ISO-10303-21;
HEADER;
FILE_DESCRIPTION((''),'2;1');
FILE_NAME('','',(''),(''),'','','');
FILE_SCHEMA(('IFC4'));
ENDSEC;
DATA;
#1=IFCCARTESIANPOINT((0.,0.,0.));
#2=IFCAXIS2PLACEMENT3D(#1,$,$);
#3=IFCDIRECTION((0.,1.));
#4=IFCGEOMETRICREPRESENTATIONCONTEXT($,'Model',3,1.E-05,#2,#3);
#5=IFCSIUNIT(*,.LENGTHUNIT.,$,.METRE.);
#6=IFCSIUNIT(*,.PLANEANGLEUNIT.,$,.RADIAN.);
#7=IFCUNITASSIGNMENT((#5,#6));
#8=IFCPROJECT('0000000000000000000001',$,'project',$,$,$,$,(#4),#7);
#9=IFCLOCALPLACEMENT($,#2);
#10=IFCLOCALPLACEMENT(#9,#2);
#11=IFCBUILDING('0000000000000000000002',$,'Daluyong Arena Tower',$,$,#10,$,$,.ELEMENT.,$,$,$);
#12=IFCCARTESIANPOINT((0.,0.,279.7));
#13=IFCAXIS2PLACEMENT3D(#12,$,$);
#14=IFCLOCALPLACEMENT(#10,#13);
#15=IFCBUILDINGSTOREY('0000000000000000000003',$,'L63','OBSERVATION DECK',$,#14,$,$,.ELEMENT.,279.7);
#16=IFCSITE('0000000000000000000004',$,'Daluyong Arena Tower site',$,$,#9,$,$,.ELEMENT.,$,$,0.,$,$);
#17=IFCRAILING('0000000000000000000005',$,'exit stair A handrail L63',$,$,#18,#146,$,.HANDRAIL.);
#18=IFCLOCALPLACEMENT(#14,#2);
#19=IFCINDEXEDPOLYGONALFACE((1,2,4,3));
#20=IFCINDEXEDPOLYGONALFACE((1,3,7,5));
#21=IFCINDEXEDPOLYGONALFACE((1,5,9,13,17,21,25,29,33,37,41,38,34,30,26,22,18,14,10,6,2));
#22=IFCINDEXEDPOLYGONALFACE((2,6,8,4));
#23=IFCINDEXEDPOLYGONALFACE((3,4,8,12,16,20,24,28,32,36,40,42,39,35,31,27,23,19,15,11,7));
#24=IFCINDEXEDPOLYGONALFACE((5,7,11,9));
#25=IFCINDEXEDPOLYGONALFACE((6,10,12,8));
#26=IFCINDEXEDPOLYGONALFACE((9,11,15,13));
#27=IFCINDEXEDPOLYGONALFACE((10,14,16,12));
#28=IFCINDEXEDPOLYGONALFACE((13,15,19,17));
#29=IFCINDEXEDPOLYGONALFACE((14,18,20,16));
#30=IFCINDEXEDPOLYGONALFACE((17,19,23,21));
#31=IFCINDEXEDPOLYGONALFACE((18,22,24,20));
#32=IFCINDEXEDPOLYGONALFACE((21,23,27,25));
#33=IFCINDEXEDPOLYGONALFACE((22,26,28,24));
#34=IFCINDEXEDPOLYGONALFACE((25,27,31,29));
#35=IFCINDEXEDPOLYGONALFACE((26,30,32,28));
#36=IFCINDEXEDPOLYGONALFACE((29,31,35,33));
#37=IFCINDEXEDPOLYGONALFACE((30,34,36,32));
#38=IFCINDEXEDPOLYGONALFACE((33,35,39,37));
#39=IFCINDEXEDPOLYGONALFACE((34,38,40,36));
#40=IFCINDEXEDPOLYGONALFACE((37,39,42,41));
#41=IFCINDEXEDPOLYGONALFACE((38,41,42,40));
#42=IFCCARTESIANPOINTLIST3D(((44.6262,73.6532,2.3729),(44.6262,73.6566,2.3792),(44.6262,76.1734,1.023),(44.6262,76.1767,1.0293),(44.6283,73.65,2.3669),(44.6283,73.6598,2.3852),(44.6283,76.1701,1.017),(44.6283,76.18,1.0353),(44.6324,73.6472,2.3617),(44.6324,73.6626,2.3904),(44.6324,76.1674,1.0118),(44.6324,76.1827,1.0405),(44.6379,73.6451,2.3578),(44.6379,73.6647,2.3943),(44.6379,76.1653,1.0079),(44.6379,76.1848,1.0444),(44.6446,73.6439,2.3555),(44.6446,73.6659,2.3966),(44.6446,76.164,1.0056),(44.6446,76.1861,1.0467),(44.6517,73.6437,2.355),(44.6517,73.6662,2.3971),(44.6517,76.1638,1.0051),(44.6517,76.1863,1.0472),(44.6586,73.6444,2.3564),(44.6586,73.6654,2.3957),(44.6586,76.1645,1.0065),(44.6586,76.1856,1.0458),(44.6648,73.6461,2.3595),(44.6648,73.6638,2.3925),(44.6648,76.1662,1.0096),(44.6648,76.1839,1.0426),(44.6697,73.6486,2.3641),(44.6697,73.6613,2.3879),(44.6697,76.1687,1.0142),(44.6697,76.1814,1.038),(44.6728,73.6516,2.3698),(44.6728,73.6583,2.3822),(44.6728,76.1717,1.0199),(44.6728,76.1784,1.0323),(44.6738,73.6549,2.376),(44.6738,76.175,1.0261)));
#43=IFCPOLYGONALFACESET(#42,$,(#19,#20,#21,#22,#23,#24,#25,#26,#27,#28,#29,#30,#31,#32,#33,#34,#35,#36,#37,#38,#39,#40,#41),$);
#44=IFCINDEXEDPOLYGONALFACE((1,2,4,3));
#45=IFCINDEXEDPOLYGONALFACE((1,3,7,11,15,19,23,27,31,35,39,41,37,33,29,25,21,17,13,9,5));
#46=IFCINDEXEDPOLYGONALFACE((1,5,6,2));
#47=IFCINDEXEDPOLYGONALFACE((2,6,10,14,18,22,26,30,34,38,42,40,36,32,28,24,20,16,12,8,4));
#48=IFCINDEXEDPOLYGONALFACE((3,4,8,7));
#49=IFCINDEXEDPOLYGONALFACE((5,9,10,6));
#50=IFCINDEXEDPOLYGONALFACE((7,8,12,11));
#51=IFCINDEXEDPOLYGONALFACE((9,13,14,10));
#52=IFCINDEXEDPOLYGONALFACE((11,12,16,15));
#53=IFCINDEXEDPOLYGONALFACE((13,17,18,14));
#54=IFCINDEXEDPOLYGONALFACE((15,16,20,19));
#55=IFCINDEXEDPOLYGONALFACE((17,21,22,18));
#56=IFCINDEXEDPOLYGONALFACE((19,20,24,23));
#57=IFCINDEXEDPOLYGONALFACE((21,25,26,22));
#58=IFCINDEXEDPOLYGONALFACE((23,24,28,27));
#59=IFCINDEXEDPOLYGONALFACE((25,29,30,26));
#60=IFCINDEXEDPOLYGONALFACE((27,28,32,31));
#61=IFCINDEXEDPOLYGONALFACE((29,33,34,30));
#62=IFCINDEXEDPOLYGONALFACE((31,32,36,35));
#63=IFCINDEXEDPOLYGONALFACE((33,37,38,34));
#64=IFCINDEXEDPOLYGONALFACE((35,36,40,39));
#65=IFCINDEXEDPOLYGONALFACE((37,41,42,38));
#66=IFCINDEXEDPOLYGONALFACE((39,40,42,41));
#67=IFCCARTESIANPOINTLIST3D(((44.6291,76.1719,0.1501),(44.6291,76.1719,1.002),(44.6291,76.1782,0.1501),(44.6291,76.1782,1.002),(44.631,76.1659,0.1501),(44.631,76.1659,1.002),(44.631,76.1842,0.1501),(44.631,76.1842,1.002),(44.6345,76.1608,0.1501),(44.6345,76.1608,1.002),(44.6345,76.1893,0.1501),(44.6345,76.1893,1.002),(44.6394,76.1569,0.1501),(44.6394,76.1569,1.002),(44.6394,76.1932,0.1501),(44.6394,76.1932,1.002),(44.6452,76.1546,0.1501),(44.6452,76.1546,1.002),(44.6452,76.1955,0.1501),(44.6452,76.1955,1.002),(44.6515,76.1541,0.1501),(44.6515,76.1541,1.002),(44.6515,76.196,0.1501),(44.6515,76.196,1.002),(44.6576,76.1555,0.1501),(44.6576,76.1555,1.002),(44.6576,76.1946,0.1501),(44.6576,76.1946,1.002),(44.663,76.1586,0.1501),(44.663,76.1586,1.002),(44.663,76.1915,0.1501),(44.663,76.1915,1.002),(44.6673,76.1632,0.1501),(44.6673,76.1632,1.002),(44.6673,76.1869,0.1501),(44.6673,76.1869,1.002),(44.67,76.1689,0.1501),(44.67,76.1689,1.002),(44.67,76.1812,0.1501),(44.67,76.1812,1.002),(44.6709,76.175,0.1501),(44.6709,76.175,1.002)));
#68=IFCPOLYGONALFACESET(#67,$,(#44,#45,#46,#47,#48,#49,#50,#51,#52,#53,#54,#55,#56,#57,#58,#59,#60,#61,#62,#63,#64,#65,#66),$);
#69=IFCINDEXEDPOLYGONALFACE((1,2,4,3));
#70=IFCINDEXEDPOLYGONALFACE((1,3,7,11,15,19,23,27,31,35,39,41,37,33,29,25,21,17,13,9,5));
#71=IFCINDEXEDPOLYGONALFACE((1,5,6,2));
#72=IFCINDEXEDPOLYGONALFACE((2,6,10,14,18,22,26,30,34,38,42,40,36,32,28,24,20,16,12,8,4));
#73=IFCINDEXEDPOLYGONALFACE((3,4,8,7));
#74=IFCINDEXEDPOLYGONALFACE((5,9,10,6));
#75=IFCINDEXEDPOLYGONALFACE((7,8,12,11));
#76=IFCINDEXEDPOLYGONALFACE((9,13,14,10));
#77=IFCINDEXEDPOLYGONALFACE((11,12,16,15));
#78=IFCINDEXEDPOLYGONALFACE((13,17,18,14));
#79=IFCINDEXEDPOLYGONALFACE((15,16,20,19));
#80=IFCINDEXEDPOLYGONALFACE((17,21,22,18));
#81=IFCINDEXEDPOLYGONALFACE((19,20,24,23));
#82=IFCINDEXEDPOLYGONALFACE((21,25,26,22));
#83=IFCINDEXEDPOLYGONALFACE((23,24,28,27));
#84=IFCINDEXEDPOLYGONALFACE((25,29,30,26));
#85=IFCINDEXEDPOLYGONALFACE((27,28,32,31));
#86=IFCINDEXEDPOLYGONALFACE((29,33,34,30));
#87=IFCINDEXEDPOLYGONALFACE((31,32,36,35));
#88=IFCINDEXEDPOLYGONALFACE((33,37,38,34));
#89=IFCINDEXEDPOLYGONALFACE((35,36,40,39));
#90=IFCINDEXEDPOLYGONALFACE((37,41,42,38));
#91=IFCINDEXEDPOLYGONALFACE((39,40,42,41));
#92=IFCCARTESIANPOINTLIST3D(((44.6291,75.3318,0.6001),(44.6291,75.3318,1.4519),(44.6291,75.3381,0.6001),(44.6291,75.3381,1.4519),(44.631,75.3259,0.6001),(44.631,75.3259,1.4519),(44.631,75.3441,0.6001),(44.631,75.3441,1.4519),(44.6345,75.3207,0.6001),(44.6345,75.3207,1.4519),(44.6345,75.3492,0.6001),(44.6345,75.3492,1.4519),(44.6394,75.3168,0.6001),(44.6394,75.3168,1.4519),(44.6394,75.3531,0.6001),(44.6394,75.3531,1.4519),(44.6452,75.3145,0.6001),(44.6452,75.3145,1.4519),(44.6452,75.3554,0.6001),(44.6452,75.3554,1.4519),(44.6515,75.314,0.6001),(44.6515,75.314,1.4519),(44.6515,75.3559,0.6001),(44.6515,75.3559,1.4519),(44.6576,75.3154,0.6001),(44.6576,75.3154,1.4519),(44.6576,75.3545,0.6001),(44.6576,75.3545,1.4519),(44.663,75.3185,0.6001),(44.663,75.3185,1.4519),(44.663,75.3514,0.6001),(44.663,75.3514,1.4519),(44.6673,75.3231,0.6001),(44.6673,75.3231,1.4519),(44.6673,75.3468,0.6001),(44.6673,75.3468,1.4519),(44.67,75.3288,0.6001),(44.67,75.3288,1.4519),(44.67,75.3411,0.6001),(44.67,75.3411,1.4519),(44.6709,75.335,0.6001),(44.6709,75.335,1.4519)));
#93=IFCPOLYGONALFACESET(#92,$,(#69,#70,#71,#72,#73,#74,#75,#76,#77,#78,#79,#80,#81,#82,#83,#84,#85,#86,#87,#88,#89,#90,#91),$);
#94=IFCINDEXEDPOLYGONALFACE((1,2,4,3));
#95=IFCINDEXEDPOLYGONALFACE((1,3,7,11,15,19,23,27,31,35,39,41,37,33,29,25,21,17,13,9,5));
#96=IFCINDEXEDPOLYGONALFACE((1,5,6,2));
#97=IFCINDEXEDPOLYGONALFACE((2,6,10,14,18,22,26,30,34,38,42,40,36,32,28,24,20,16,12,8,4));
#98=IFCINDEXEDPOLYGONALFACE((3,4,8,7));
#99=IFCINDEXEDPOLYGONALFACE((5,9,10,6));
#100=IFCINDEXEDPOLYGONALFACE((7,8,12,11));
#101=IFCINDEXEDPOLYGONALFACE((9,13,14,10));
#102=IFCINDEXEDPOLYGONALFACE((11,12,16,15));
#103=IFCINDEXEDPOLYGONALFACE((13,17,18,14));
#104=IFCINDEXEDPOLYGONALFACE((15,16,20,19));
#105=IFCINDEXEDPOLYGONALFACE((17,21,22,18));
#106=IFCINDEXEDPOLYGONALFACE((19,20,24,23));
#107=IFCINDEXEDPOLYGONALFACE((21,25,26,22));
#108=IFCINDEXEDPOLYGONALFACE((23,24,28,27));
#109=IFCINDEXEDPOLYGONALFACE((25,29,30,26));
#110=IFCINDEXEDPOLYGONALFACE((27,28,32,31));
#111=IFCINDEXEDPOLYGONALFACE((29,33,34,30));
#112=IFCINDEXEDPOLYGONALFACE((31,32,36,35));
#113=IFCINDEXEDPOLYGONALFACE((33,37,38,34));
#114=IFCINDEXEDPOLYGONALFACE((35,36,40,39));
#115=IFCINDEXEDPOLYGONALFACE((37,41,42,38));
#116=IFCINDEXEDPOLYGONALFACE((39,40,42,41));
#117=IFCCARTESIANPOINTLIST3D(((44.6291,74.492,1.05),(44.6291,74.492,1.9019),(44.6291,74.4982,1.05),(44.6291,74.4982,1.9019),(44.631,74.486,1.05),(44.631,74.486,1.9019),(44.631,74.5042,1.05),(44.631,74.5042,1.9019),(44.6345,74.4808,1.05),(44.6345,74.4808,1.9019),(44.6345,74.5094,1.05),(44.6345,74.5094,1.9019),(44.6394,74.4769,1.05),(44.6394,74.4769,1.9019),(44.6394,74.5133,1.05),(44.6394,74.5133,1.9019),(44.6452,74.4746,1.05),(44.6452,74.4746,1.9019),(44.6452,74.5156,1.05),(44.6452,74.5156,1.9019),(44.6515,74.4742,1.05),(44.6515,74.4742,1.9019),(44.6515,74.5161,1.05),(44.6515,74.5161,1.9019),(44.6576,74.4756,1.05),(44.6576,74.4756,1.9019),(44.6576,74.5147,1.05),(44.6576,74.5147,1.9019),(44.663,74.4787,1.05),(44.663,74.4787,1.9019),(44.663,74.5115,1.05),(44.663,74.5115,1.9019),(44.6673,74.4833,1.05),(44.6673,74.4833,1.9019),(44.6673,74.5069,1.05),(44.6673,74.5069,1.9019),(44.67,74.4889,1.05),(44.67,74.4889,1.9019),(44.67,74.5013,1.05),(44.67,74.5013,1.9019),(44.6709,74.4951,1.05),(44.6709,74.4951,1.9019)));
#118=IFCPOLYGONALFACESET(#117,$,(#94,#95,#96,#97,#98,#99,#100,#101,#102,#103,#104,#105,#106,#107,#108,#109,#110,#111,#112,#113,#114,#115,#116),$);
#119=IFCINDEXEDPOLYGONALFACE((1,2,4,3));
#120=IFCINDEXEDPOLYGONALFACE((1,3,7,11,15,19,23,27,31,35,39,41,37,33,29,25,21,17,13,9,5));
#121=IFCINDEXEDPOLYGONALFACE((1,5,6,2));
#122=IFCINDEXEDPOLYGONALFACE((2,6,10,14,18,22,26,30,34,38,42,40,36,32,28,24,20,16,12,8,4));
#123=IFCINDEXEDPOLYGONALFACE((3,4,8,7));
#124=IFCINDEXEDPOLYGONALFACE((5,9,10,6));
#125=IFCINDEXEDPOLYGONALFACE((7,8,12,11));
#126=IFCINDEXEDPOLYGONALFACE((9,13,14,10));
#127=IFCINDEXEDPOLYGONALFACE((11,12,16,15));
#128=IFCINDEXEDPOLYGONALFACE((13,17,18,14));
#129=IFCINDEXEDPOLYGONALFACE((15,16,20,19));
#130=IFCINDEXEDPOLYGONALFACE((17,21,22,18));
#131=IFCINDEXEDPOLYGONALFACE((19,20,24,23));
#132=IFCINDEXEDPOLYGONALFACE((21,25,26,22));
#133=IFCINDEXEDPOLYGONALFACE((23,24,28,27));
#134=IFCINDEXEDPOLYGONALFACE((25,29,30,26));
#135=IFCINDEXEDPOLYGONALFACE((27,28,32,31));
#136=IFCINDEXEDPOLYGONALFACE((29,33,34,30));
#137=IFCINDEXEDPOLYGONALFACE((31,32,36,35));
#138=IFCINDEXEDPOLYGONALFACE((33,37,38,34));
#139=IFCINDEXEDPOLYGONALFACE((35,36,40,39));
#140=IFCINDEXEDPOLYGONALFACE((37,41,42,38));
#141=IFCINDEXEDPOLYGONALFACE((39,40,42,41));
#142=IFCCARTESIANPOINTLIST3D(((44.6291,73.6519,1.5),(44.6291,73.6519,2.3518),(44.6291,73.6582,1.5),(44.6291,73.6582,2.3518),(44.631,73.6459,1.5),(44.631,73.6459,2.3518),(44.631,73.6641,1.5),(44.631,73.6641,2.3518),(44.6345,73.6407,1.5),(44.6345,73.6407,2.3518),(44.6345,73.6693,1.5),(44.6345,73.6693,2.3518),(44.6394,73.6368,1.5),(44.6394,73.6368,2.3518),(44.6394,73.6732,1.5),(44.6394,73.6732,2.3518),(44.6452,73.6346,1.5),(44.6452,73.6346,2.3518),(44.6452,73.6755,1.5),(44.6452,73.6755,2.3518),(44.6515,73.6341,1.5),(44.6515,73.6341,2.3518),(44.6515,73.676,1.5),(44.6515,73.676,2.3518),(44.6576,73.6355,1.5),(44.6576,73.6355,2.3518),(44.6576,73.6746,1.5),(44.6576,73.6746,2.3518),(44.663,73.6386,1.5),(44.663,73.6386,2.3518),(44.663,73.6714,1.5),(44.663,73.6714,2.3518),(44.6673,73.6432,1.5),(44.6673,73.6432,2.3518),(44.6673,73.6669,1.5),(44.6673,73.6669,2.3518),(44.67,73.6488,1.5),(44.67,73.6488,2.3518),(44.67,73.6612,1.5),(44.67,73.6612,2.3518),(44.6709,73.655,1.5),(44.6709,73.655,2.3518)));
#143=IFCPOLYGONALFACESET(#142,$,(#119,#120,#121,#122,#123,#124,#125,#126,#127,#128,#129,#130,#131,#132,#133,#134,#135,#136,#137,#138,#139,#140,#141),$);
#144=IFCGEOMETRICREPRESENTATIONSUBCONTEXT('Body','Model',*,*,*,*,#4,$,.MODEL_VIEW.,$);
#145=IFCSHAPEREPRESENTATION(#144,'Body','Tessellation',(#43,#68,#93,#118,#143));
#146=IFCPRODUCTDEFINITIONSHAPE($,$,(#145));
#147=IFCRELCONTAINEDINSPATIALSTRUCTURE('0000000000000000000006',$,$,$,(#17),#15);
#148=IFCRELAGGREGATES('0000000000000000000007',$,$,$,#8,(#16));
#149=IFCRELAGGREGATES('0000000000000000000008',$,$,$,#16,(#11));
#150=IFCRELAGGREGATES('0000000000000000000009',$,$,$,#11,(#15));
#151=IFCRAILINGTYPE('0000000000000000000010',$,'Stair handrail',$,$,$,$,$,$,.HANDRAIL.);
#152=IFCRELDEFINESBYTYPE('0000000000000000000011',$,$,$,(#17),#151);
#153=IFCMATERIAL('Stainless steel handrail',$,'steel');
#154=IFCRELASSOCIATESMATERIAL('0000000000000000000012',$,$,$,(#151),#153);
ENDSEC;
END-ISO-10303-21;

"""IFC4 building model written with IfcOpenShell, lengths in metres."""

from ifc_helpers import new_model, si_unit, direction, frame, origin, origin_2d, place, context, subcontext, project, spatial, circle, extrude, material, type_object, element, save


model = new_model("IFC4")

# Units and contexts
model_context = context("Model", 3, precision=1e-05, world=origin(), true_north=direction((0.0, 1.0)))
body_context = subcontext(model_context, "Body", "Model", "MODEL_VIEW")
ifc_project = project(units=[si_unit("LENGTHUNIT", "METRE"), si_unit("PLANEANGLEUNIT", "RADIAN")], contexts=[model_context])

# Site, building, storey
site_placement = place(None, origin())
site = spatial("IfcSite", under=ifc_project, at=site_placement, Name="Daluyong Arena Tower site", CompositionType="ELEMENT", RefElevation=0.0)
building_placement = place(site_placement, origin())
building = spatial("IfcBuilding", under=site, at=building_placement, Name="Daluyong Arena Tower", CompositionType="ELEMENT")
storey_placement = place(building_placement, frame((0.0, 0.0, 279.7)))
storey = spatial("IfcBuildingStorey", under=building, at=storey_placement, Name="L63", Description="OBSERVATION DECK", CompositionType="ELEMENT", Elevation=279.7)

# Railing
ifc_material_1 = material(Name="Stainless steel handrail", Category="steel")
railing_type_1 = type_object("IfcRailingType", Name="Stair handrail", PredefinedType="HANDRAIL", material=ifc_material_1)
for number, where, name in (
    (1, (44.6499, 76.175, 0.1501), "exit stair A handrail L63"),
):
    element("IfcRailing", number, at=place(storey_placement, frame(where)), inside=storey, type_object=railing_type_1, Name=name, PredefinedType="HANDRAIL", context=body_context, shape_type="SweptSolid", body=[
        extrude(circle(Radius=0.0239, at=origin_2d()), frame((0.0, 0.0, 0.876), z_axis=(0.0, -0.881503, 0.472179), x_axis=(1.0, 0.0, 0.0)), (0.0, 0.0, 1.0), 2.8589),
        extrude(circle(Radius=0.021, at=origin_2d()), origin(), (0.0, 0.0, 1.0), 0.8518),
        extrude(circle(Radius=0.021, at=origin_2d()), frame((0.0, -0.8401, 0.45)), (0.0, 0.0, 1.0), 0.8518),
        extrude(circle(Radius=0.021, at=origin_2d()), frame((0.0, -1.6799, 0.8999)), (0.0, 0.0, 1.0), 0.8518),
        extrude(circle(Radius=0.021, at=origin_2d()), frame((0.0, -2.52, 1.3499)), (0.0, 0.0, 1.0), 0.8518),
    ])

save(model, "model.ifc")
